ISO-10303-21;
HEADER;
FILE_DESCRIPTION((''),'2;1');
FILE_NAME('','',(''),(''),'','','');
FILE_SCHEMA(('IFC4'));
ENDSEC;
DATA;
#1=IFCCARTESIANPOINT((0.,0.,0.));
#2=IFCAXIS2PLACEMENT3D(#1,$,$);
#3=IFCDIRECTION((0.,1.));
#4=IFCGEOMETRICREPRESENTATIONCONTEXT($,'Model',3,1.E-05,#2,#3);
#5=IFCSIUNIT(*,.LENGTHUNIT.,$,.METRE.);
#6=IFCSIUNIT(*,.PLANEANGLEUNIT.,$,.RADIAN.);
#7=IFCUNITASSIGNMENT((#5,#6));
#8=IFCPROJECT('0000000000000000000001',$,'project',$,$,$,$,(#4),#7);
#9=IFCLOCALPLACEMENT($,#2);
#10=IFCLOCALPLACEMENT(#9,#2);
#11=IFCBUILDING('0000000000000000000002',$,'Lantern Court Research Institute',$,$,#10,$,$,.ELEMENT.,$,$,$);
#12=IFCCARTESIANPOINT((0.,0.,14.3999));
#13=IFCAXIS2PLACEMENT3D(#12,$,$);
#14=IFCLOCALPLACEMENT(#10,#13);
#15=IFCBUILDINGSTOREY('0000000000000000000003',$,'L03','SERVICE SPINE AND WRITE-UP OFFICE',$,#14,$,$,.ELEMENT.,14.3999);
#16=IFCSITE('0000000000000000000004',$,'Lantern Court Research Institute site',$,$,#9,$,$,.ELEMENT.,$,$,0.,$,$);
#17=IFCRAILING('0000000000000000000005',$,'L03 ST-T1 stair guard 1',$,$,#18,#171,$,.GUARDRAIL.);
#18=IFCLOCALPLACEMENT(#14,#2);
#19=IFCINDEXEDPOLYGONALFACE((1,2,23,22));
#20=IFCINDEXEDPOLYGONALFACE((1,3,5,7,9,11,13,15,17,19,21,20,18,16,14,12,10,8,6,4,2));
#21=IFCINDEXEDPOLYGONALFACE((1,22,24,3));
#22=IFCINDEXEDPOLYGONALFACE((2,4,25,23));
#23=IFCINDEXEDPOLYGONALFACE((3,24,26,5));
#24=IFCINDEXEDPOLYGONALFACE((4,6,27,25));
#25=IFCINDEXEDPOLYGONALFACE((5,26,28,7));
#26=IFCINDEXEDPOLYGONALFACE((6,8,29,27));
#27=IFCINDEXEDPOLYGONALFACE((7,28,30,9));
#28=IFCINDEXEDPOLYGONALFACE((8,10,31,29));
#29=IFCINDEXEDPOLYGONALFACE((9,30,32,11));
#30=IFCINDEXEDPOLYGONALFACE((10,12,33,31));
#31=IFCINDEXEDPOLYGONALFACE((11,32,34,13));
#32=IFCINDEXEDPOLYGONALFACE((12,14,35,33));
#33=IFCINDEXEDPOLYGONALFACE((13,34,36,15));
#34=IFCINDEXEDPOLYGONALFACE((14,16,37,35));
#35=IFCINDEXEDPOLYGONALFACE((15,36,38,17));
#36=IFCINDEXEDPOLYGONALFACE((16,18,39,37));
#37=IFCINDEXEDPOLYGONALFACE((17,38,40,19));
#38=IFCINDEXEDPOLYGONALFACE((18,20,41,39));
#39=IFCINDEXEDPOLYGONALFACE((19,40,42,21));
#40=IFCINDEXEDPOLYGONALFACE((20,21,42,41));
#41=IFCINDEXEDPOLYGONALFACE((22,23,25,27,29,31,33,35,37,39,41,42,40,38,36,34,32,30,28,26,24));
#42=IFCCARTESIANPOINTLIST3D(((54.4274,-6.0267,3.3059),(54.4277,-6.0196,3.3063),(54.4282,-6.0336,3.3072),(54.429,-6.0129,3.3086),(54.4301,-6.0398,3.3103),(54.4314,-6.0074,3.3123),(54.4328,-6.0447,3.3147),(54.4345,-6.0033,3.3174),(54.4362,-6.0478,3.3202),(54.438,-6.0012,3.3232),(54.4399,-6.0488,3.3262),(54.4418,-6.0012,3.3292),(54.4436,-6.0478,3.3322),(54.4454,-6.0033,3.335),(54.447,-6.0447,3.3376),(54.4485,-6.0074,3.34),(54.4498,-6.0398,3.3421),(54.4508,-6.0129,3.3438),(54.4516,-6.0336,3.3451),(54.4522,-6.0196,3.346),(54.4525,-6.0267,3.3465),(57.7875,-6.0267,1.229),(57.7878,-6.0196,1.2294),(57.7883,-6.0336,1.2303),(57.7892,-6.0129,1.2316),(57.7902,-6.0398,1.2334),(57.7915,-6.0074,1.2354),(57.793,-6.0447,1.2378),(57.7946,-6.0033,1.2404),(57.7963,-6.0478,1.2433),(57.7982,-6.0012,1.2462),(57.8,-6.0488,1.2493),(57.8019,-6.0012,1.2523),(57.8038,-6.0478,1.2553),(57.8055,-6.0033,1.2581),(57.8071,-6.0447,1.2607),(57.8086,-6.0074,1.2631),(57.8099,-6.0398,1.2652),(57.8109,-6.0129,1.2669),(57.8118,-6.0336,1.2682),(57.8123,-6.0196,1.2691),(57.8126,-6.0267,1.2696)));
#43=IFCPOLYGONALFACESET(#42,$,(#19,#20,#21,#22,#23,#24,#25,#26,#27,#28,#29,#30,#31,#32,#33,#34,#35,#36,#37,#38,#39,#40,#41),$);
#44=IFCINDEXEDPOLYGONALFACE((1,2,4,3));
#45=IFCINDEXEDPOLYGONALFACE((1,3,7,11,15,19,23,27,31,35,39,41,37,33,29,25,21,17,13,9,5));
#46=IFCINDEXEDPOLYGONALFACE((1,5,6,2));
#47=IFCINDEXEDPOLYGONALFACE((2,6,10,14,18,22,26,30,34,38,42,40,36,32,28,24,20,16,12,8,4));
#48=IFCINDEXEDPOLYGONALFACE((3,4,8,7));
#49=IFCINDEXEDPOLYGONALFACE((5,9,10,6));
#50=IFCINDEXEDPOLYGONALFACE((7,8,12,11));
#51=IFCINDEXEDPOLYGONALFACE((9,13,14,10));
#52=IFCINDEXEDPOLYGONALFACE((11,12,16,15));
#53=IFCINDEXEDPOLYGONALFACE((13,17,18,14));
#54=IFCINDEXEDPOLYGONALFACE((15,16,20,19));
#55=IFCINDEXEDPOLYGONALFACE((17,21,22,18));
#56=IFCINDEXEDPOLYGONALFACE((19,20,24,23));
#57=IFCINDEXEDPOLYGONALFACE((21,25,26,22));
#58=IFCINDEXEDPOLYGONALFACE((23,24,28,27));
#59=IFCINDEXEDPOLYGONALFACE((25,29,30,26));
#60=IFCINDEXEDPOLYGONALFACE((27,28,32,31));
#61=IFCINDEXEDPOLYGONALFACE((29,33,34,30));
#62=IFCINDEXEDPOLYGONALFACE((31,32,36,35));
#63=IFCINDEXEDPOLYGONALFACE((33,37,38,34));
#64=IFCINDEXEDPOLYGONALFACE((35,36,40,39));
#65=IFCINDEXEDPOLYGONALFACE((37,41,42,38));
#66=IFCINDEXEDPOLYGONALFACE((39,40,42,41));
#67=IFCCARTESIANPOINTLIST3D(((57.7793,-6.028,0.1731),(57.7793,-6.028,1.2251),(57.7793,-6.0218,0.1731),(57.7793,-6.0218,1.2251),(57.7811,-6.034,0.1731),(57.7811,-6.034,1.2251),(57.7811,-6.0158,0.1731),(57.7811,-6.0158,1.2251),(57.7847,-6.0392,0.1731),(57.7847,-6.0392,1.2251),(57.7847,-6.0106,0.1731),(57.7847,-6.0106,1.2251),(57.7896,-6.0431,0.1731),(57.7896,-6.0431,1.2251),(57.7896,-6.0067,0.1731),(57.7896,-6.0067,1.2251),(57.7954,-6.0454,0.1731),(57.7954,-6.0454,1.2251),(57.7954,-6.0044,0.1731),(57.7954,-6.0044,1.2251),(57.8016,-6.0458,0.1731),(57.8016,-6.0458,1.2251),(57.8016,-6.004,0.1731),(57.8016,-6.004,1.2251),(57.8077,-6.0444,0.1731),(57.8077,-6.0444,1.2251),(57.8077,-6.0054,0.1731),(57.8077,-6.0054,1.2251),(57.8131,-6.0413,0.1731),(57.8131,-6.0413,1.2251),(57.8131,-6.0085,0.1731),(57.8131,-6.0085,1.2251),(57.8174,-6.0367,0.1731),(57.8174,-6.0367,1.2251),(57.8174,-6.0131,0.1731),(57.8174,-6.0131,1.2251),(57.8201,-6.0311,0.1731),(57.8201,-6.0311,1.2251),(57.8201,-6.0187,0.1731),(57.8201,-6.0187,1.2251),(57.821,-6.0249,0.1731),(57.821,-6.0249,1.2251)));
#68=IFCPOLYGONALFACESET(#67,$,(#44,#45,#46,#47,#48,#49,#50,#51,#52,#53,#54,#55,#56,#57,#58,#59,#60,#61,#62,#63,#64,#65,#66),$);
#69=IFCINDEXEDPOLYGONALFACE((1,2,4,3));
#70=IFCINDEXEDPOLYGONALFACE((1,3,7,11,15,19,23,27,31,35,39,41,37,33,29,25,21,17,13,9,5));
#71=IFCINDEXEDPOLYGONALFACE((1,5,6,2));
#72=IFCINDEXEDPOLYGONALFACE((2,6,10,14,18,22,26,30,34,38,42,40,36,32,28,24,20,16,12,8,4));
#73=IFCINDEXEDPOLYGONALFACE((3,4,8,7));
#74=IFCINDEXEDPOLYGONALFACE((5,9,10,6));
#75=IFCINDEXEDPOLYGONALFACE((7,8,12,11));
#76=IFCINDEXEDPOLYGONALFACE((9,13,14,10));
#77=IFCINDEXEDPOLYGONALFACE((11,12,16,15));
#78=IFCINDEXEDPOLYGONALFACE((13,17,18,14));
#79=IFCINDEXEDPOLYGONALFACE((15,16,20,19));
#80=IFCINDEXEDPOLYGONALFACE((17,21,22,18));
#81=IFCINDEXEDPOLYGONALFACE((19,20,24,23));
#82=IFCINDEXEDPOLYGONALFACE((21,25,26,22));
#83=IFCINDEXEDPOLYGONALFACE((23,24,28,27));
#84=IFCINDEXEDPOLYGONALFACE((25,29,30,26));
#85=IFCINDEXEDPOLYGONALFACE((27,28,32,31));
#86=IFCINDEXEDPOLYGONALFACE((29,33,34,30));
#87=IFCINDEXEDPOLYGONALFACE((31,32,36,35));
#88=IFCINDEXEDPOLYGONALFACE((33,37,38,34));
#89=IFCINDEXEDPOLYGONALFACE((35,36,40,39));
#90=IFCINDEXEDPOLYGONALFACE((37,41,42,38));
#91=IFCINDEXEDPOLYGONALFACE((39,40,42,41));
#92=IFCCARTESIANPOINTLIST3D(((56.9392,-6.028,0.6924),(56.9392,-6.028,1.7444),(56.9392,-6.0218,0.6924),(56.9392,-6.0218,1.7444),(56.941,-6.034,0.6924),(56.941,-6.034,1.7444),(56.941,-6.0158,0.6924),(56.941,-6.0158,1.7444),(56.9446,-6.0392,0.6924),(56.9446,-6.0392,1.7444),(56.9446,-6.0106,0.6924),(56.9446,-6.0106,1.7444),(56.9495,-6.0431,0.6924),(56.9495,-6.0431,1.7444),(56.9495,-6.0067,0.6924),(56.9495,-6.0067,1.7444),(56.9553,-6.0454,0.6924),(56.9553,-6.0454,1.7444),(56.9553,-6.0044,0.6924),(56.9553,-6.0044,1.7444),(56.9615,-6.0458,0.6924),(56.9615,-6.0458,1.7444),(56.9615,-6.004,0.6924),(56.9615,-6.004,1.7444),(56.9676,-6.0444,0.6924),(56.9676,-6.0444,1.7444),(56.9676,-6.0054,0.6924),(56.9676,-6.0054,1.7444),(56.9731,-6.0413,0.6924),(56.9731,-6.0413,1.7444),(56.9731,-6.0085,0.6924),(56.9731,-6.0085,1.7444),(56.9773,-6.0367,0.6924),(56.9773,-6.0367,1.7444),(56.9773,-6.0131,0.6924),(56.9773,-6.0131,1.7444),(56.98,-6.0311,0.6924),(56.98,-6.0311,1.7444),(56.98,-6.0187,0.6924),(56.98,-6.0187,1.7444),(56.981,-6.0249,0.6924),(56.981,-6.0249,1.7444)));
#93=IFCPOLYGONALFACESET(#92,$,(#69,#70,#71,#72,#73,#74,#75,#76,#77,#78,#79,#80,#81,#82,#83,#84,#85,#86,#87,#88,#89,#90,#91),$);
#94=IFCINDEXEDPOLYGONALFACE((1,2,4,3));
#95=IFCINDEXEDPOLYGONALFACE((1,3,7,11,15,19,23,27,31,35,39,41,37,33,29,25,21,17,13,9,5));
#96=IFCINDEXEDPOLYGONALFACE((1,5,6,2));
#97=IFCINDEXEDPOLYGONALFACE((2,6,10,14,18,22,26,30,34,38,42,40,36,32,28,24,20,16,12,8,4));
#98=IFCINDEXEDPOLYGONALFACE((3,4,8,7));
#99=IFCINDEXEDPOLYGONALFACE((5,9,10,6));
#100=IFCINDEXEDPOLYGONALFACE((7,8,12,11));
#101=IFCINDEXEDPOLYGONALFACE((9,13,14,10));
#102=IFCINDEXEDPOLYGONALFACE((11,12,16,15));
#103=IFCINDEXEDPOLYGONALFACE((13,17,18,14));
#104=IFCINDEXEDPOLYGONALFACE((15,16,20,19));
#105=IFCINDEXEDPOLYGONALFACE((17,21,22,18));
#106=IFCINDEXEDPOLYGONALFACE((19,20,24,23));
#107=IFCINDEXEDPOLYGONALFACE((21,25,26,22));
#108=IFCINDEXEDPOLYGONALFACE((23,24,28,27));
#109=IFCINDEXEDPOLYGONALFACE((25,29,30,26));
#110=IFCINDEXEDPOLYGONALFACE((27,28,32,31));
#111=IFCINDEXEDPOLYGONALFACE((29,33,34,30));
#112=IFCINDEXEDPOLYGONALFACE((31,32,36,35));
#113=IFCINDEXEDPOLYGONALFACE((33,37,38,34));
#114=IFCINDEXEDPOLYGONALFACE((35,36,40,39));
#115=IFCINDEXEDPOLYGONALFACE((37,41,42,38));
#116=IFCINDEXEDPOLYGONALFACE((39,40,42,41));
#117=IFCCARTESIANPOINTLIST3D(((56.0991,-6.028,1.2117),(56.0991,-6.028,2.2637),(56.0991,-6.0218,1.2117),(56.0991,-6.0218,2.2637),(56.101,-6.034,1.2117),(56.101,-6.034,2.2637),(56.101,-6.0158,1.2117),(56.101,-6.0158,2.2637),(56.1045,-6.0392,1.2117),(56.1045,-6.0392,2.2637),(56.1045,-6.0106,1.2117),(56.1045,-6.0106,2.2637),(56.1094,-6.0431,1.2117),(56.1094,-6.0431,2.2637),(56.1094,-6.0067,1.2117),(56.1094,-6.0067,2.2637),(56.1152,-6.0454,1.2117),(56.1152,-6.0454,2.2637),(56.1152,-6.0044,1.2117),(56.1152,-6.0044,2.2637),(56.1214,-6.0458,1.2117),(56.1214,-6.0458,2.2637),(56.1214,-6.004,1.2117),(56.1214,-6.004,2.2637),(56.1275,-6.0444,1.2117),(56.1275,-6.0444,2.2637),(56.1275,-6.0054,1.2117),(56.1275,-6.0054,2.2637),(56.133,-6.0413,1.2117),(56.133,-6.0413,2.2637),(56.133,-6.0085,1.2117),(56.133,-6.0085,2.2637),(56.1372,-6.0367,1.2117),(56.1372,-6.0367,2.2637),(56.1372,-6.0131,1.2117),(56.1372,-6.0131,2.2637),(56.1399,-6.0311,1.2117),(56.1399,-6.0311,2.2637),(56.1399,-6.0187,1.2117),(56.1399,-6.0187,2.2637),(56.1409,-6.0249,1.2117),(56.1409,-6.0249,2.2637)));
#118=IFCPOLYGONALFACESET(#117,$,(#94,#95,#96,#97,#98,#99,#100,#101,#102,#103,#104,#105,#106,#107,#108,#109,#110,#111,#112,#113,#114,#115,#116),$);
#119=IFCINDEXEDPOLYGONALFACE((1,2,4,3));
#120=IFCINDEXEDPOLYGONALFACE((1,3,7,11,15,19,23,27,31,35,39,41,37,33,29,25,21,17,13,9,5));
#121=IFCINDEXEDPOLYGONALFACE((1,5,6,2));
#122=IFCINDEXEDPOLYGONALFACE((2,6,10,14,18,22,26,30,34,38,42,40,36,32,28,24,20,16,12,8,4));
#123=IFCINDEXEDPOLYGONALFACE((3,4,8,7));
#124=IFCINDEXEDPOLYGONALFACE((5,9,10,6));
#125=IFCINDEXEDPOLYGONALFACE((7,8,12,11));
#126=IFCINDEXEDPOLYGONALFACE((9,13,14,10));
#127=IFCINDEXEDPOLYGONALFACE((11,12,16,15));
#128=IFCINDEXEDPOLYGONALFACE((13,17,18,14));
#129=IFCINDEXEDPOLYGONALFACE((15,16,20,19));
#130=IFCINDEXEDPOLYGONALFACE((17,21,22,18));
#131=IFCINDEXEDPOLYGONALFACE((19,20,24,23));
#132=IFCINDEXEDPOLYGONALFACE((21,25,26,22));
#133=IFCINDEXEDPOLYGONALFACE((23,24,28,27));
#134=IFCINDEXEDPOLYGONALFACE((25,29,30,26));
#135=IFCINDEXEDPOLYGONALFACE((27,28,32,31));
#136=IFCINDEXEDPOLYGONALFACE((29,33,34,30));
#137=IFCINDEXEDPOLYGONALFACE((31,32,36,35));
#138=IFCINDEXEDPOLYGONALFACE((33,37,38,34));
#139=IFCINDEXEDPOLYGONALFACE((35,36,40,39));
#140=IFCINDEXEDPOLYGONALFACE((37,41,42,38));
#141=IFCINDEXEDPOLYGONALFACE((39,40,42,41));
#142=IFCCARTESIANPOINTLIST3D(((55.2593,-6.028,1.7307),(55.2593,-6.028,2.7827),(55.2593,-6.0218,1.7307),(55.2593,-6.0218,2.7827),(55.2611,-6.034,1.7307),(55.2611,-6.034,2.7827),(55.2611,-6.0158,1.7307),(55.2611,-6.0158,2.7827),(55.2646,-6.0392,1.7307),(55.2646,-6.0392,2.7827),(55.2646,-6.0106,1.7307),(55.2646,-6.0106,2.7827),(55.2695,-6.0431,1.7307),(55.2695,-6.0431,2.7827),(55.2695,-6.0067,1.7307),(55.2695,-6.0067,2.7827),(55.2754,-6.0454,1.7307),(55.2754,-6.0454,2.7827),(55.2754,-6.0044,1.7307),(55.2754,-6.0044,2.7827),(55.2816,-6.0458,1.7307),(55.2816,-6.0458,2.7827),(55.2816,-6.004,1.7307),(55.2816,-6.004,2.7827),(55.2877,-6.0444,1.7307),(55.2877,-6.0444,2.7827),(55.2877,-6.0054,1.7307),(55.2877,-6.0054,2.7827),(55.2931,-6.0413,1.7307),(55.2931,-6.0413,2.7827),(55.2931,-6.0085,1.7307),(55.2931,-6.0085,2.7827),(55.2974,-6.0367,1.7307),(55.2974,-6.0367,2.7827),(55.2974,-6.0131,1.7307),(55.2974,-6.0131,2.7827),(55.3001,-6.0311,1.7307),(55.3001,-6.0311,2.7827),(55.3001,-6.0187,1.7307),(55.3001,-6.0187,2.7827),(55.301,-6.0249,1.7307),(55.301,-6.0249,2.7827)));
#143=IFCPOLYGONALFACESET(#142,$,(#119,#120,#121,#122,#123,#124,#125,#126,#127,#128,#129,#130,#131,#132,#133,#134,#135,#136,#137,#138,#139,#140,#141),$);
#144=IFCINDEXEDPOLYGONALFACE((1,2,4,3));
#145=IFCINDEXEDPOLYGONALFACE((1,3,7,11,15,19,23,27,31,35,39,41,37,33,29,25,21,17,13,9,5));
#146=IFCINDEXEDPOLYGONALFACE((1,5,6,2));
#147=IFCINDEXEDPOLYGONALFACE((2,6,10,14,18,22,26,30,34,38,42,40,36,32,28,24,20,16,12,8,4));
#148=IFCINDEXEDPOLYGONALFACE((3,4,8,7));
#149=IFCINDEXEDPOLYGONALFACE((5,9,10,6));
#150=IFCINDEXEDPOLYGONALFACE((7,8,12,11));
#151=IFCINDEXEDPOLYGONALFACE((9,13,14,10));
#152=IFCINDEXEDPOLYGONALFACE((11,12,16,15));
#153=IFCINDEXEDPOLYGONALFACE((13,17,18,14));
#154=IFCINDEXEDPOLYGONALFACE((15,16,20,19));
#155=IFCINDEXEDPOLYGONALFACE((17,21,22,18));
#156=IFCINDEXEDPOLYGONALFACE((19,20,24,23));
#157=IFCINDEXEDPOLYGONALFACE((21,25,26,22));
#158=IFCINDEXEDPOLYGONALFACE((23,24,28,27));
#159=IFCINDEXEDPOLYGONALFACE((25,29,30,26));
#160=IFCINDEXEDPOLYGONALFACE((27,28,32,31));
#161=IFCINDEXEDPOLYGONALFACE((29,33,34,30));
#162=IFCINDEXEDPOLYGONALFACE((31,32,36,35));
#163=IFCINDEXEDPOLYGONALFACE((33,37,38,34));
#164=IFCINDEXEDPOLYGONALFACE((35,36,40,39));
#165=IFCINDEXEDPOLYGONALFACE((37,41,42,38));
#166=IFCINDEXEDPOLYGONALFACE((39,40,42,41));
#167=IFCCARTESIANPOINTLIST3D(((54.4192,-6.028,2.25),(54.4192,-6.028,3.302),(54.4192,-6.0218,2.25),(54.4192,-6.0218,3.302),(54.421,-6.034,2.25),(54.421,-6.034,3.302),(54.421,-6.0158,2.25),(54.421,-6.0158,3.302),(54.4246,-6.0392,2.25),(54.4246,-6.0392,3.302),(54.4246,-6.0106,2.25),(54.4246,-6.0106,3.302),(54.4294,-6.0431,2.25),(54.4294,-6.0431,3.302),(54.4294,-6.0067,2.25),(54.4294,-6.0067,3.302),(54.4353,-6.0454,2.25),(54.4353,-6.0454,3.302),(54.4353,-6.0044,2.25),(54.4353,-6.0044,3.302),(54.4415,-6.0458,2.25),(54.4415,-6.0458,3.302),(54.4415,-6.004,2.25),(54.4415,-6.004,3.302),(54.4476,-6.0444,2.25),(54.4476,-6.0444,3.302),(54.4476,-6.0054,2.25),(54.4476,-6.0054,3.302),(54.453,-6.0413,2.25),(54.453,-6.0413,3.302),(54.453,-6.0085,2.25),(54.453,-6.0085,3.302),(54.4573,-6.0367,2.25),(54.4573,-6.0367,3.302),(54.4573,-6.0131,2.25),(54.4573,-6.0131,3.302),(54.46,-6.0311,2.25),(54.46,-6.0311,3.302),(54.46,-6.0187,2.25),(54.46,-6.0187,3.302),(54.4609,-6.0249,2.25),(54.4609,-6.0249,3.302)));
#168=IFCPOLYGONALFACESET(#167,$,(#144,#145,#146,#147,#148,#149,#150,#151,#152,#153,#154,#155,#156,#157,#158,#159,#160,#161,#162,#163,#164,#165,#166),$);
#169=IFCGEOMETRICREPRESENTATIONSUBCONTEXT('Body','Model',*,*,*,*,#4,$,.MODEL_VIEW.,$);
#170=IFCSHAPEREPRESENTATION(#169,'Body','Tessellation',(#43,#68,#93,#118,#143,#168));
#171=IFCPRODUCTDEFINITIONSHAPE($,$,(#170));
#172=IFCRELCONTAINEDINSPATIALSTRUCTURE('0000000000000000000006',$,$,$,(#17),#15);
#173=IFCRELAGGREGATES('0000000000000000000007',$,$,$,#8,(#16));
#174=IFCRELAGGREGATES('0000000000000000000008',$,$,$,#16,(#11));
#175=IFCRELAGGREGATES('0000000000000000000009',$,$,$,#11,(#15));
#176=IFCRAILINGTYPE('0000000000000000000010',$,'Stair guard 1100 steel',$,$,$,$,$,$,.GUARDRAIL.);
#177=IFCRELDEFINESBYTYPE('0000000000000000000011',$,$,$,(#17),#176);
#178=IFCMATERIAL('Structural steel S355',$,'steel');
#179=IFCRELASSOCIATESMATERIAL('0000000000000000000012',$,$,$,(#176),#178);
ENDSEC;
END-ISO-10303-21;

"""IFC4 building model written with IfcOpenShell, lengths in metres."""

from ifc_helpers import new_model, si_unit, direction, frame, origin, origin_2d, place, context, subcontext, project, spatial, circle, extrude, material, type_object, element, save


model = new_model("IFC4")

# Units and contexts
model_context = context("Model", 3, precision=1e-05, world=origin(), true_north=direction((0.0, 1.0)))
body_context = subcontext(model_context, "Body", "Model", "MODEL_VIEW")
ifc_project = project(units=[si_unit("LENGTHUNIT", "METRE"), si_unit("PLANEANGLEUNIT", "RADIAN")], contexts=[model_context])

# Site, building, storey
site_placement = place(None, origin())
site = spatial("IfcSite", under=ifc_project, at=site_placement, Name="Lantern Court Research Institute site", CompositionType="ELEMENT", RefElevation=0.0)
building_placement = place(site_placement, origin())
building = spatial("IfcBuilding", under=site, at=building_placement, Name="Lantern Court Research Institute", CompositionType="ELEMENT")
storey_placement = place(building_placement, frame((0.0, 0.0, 14.3999)))
storey = spatial("IfcBuildingStorey", under=building, at=storey_placement, Name="L03", Description="SERVICE SPINE AND WRITE-UP OFFICE", CompositionType="ELEMENT", Elevation=14.3999)

# Railing
ifc_material_1 = material(Name="Structural steel S355", Category="steel")
railing_type_1 = type_object("IfcRailingType", Name="Stair guard 1100 steel", PredefinedType="GUARDRAIL", material=ifc_material_1)
railing_1_placement = place(storey_placement, frame((57.8, -6.0249, 0.1731)))
element("IfcRailing", 1, at=railing_1_placement, inside=storey, type_object=railing_type_1, Name="L03 ST-T1 stair guard 1", PredefinedType="GUARDRAIL", context=body_context, shape_type="SweptSolid", body=[
    extrude(circle(Radius=0.0239, at=origin_2d()), frame((0.0, 0.0, 1.0762), z_axis=(-0.850623, 0.0, 0.525776), x_axis=(0.0, -1.0, 0.0)), (0.0, 0.0, 1.0), 3.9502),
    extrude(circle(Radius=0.021, at=origin_2d()), origin(), (0.0, 0.0, 1.0), 1.052),
    extrude(circle(Radius=0.021, at=origin_2d()), frame((-0.8401, 0.0, 0.5193)), (0.0, 0.0, 1.0), 1.052),
    extrude(circle(Radius=0.021, at=origin_2d()), frame((-1.6802, 0.0, 1.0386)), (0.0, 0.0, 1.0), 1.052),
    extrude(circle(Radius=0.021, at=origin_2d()), frame((-2.52, 0.0, 1.5576)), (0.0, 0.0, 1.0), 1.052),
    extrude(circle(Radius=0.021, at=origin_2d()), frame((-3.3601, 0.0, 2.0769)), (0.0, 0.0, 1.0), 1.052),
])

save(model, "model.ifc")
